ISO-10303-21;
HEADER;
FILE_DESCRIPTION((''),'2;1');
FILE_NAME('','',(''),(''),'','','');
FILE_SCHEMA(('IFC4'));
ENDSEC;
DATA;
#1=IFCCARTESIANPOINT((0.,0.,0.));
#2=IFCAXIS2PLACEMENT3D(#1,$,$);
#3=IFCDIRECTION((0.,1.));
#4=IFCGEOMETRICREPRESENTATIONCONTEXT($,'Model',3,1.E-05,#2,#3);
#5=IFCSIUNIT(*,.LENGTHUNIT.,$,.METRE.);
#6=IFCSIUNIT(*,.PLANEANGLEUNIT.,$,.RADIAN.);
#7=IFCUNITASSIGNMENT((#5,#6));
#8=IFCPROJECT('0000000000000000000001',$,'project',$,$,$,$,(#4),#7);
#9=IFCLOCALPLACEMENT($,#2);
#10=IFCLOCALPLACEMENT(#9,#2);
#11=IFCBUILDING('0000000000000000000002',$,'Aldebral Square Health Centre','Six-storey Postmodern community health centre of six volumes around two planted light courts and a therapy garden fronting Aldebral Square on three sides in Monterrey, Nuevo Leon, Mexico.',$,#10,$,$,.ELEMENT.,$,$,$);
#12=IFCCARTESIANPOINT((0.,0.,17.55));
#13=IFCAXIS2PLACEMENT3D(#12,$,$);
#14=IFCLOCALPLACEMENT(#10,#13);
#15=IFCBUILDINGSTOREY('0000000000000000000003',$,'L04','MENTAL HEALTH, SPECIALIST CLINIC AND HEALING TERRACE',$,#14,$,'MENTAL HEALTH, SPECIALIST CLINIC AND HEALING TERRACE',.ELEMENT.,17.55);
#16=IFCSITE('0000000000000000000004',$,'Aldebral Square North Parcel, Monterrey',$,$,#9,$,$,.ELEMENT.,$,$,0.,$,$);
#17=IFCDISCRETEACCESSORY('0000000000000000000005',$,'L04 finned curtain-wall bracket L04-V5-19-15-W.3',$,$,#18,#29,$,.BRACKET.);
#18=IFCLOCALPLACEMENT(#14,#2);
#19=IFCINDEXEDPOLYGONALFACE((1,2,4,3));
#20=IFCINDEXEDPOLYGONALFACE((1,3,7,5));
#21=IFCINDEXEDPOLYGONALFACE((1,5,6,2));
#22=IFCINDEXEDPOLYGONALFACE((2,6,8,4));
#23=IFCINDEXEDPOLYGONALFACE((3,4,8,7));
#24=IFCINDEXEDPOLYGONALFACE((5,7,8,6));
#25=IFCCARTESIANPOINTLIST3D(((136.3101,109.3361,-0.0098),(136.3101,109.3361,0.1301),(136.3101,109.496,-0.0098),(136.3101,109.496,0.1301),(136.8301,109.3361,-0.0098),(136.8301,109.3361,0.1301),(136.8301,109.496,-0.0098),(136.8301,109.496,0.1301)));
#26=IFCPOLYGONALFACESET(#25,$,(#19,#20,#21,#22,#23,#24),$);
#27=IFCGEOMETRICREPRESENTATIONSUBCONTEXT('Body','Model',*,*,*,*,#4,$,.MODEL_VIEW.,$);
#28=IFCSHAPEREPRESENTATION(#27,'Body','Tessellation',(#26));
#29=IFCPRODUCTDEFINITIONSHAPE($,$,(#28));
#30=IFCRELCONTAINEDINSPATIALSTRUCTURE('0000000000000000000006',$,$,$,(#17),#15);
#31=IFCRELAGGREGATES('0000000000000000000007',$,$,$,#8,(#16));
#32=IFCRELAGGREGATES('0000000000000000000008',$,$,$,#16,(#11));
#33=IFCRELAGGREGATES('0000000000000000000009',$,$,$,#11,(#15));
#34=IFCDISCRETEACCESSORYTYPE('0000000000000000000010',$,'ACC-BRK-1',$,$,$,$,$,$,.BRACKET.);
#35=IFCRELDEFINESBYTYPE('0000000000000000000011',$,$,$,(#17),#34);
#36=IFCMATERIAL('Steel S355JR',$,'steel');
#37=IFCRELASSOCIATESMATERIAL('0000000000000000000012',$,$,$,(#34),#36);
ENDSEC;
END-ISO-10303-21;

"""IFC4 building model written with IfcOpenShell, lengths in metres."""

from ifc_helpers import new_model, si_unit, direction, frame, origin, origin_2d, place, context, subcontext, project, spatial, rectangle, extrude, material, type_object, element, save


model = new_model("IFC4")

# Units and contexts
model_context = context("Model", 3, precision=1e-05, world=origin(), true_north=direction((0.0, 1.0)))
body_context = subcontext(model_context, "Body", "Model", "MODEL_VIEW")
ifc_project = project(units=[si_unit("LENGTHUNIT", "METRE"), si_unit("PLANEANGLEUNIT", "RADIAN")], contexts=[model_context])

# Site, building, storey
site_placement = place(None, origin())
site = spatial("IfcSite", under=ifc_project, at=site_placement, Name="Aldebral Square North Parcel, Monterrey", CompositionType="ELEMENT", RefElevation=0.0)
building_placement = place(site_placement, origin())
building = spatial("IfcBuilding", under=site, at=building_placement, Name="Aldebral Square Health Centre", Description="Six-storey Postmodern community health centre of six volumes around two planted light courts and a therapy garden fronting Aldebral Square on three sides in Monterrey, Nuevo Leon, Mexico.", CompositionType="ELEMENT")
storey_placement = place(building_placement, frame((0.0, 0.0, 17.55)))
storey = spatial("IfcBuildingStorey", under=building, at=storey_placement, Name="L04", Description="MENTAL HEALTH, SPECIALIST CLINIC AND HEALING TERRACE", LongName="MENTAL HEALTH, SPECIALIST CLINIC AND HEALING TERRACE", CompositionType="ELEMENT", Elevation=17.55)

# Discrete accessory
ifc_material_1 = material(Name="Steel S355JR", Category="steel")
discrete_accessory_type = type_object("IfcDiscreteAccessoryType", Name="ACC-BRK-1", PredefinedType="BRACKET", material=ifc_material_1)
for number, where, z_axis, x_axis, name in (
    (1, (136.5701, 109.416, -0.0098), (0.0, 0.0, 1.0), (0.0, 1.0, 0.0), "L04 finned curtain-wall bracket L04-V5-19-15-W.3"),
):
    element("IfcDiscreteAccessory", number, at=place(storey_placement, frame(where, z_axis=z_axis, x_axis=x_axis)), inside=storey, type_object=discrete_accessory_type, Name=name, PredefinedType="BRACKET", context=body_context, shape_type="SweptSolid", body=[
        extrude(rectangle(XDim=0.1599, YDim=0.52, at=origin_2d()), origin(), (0.0, 0.0, 1.0), 0.1399),
    ])

save(model, "model.ifc")
